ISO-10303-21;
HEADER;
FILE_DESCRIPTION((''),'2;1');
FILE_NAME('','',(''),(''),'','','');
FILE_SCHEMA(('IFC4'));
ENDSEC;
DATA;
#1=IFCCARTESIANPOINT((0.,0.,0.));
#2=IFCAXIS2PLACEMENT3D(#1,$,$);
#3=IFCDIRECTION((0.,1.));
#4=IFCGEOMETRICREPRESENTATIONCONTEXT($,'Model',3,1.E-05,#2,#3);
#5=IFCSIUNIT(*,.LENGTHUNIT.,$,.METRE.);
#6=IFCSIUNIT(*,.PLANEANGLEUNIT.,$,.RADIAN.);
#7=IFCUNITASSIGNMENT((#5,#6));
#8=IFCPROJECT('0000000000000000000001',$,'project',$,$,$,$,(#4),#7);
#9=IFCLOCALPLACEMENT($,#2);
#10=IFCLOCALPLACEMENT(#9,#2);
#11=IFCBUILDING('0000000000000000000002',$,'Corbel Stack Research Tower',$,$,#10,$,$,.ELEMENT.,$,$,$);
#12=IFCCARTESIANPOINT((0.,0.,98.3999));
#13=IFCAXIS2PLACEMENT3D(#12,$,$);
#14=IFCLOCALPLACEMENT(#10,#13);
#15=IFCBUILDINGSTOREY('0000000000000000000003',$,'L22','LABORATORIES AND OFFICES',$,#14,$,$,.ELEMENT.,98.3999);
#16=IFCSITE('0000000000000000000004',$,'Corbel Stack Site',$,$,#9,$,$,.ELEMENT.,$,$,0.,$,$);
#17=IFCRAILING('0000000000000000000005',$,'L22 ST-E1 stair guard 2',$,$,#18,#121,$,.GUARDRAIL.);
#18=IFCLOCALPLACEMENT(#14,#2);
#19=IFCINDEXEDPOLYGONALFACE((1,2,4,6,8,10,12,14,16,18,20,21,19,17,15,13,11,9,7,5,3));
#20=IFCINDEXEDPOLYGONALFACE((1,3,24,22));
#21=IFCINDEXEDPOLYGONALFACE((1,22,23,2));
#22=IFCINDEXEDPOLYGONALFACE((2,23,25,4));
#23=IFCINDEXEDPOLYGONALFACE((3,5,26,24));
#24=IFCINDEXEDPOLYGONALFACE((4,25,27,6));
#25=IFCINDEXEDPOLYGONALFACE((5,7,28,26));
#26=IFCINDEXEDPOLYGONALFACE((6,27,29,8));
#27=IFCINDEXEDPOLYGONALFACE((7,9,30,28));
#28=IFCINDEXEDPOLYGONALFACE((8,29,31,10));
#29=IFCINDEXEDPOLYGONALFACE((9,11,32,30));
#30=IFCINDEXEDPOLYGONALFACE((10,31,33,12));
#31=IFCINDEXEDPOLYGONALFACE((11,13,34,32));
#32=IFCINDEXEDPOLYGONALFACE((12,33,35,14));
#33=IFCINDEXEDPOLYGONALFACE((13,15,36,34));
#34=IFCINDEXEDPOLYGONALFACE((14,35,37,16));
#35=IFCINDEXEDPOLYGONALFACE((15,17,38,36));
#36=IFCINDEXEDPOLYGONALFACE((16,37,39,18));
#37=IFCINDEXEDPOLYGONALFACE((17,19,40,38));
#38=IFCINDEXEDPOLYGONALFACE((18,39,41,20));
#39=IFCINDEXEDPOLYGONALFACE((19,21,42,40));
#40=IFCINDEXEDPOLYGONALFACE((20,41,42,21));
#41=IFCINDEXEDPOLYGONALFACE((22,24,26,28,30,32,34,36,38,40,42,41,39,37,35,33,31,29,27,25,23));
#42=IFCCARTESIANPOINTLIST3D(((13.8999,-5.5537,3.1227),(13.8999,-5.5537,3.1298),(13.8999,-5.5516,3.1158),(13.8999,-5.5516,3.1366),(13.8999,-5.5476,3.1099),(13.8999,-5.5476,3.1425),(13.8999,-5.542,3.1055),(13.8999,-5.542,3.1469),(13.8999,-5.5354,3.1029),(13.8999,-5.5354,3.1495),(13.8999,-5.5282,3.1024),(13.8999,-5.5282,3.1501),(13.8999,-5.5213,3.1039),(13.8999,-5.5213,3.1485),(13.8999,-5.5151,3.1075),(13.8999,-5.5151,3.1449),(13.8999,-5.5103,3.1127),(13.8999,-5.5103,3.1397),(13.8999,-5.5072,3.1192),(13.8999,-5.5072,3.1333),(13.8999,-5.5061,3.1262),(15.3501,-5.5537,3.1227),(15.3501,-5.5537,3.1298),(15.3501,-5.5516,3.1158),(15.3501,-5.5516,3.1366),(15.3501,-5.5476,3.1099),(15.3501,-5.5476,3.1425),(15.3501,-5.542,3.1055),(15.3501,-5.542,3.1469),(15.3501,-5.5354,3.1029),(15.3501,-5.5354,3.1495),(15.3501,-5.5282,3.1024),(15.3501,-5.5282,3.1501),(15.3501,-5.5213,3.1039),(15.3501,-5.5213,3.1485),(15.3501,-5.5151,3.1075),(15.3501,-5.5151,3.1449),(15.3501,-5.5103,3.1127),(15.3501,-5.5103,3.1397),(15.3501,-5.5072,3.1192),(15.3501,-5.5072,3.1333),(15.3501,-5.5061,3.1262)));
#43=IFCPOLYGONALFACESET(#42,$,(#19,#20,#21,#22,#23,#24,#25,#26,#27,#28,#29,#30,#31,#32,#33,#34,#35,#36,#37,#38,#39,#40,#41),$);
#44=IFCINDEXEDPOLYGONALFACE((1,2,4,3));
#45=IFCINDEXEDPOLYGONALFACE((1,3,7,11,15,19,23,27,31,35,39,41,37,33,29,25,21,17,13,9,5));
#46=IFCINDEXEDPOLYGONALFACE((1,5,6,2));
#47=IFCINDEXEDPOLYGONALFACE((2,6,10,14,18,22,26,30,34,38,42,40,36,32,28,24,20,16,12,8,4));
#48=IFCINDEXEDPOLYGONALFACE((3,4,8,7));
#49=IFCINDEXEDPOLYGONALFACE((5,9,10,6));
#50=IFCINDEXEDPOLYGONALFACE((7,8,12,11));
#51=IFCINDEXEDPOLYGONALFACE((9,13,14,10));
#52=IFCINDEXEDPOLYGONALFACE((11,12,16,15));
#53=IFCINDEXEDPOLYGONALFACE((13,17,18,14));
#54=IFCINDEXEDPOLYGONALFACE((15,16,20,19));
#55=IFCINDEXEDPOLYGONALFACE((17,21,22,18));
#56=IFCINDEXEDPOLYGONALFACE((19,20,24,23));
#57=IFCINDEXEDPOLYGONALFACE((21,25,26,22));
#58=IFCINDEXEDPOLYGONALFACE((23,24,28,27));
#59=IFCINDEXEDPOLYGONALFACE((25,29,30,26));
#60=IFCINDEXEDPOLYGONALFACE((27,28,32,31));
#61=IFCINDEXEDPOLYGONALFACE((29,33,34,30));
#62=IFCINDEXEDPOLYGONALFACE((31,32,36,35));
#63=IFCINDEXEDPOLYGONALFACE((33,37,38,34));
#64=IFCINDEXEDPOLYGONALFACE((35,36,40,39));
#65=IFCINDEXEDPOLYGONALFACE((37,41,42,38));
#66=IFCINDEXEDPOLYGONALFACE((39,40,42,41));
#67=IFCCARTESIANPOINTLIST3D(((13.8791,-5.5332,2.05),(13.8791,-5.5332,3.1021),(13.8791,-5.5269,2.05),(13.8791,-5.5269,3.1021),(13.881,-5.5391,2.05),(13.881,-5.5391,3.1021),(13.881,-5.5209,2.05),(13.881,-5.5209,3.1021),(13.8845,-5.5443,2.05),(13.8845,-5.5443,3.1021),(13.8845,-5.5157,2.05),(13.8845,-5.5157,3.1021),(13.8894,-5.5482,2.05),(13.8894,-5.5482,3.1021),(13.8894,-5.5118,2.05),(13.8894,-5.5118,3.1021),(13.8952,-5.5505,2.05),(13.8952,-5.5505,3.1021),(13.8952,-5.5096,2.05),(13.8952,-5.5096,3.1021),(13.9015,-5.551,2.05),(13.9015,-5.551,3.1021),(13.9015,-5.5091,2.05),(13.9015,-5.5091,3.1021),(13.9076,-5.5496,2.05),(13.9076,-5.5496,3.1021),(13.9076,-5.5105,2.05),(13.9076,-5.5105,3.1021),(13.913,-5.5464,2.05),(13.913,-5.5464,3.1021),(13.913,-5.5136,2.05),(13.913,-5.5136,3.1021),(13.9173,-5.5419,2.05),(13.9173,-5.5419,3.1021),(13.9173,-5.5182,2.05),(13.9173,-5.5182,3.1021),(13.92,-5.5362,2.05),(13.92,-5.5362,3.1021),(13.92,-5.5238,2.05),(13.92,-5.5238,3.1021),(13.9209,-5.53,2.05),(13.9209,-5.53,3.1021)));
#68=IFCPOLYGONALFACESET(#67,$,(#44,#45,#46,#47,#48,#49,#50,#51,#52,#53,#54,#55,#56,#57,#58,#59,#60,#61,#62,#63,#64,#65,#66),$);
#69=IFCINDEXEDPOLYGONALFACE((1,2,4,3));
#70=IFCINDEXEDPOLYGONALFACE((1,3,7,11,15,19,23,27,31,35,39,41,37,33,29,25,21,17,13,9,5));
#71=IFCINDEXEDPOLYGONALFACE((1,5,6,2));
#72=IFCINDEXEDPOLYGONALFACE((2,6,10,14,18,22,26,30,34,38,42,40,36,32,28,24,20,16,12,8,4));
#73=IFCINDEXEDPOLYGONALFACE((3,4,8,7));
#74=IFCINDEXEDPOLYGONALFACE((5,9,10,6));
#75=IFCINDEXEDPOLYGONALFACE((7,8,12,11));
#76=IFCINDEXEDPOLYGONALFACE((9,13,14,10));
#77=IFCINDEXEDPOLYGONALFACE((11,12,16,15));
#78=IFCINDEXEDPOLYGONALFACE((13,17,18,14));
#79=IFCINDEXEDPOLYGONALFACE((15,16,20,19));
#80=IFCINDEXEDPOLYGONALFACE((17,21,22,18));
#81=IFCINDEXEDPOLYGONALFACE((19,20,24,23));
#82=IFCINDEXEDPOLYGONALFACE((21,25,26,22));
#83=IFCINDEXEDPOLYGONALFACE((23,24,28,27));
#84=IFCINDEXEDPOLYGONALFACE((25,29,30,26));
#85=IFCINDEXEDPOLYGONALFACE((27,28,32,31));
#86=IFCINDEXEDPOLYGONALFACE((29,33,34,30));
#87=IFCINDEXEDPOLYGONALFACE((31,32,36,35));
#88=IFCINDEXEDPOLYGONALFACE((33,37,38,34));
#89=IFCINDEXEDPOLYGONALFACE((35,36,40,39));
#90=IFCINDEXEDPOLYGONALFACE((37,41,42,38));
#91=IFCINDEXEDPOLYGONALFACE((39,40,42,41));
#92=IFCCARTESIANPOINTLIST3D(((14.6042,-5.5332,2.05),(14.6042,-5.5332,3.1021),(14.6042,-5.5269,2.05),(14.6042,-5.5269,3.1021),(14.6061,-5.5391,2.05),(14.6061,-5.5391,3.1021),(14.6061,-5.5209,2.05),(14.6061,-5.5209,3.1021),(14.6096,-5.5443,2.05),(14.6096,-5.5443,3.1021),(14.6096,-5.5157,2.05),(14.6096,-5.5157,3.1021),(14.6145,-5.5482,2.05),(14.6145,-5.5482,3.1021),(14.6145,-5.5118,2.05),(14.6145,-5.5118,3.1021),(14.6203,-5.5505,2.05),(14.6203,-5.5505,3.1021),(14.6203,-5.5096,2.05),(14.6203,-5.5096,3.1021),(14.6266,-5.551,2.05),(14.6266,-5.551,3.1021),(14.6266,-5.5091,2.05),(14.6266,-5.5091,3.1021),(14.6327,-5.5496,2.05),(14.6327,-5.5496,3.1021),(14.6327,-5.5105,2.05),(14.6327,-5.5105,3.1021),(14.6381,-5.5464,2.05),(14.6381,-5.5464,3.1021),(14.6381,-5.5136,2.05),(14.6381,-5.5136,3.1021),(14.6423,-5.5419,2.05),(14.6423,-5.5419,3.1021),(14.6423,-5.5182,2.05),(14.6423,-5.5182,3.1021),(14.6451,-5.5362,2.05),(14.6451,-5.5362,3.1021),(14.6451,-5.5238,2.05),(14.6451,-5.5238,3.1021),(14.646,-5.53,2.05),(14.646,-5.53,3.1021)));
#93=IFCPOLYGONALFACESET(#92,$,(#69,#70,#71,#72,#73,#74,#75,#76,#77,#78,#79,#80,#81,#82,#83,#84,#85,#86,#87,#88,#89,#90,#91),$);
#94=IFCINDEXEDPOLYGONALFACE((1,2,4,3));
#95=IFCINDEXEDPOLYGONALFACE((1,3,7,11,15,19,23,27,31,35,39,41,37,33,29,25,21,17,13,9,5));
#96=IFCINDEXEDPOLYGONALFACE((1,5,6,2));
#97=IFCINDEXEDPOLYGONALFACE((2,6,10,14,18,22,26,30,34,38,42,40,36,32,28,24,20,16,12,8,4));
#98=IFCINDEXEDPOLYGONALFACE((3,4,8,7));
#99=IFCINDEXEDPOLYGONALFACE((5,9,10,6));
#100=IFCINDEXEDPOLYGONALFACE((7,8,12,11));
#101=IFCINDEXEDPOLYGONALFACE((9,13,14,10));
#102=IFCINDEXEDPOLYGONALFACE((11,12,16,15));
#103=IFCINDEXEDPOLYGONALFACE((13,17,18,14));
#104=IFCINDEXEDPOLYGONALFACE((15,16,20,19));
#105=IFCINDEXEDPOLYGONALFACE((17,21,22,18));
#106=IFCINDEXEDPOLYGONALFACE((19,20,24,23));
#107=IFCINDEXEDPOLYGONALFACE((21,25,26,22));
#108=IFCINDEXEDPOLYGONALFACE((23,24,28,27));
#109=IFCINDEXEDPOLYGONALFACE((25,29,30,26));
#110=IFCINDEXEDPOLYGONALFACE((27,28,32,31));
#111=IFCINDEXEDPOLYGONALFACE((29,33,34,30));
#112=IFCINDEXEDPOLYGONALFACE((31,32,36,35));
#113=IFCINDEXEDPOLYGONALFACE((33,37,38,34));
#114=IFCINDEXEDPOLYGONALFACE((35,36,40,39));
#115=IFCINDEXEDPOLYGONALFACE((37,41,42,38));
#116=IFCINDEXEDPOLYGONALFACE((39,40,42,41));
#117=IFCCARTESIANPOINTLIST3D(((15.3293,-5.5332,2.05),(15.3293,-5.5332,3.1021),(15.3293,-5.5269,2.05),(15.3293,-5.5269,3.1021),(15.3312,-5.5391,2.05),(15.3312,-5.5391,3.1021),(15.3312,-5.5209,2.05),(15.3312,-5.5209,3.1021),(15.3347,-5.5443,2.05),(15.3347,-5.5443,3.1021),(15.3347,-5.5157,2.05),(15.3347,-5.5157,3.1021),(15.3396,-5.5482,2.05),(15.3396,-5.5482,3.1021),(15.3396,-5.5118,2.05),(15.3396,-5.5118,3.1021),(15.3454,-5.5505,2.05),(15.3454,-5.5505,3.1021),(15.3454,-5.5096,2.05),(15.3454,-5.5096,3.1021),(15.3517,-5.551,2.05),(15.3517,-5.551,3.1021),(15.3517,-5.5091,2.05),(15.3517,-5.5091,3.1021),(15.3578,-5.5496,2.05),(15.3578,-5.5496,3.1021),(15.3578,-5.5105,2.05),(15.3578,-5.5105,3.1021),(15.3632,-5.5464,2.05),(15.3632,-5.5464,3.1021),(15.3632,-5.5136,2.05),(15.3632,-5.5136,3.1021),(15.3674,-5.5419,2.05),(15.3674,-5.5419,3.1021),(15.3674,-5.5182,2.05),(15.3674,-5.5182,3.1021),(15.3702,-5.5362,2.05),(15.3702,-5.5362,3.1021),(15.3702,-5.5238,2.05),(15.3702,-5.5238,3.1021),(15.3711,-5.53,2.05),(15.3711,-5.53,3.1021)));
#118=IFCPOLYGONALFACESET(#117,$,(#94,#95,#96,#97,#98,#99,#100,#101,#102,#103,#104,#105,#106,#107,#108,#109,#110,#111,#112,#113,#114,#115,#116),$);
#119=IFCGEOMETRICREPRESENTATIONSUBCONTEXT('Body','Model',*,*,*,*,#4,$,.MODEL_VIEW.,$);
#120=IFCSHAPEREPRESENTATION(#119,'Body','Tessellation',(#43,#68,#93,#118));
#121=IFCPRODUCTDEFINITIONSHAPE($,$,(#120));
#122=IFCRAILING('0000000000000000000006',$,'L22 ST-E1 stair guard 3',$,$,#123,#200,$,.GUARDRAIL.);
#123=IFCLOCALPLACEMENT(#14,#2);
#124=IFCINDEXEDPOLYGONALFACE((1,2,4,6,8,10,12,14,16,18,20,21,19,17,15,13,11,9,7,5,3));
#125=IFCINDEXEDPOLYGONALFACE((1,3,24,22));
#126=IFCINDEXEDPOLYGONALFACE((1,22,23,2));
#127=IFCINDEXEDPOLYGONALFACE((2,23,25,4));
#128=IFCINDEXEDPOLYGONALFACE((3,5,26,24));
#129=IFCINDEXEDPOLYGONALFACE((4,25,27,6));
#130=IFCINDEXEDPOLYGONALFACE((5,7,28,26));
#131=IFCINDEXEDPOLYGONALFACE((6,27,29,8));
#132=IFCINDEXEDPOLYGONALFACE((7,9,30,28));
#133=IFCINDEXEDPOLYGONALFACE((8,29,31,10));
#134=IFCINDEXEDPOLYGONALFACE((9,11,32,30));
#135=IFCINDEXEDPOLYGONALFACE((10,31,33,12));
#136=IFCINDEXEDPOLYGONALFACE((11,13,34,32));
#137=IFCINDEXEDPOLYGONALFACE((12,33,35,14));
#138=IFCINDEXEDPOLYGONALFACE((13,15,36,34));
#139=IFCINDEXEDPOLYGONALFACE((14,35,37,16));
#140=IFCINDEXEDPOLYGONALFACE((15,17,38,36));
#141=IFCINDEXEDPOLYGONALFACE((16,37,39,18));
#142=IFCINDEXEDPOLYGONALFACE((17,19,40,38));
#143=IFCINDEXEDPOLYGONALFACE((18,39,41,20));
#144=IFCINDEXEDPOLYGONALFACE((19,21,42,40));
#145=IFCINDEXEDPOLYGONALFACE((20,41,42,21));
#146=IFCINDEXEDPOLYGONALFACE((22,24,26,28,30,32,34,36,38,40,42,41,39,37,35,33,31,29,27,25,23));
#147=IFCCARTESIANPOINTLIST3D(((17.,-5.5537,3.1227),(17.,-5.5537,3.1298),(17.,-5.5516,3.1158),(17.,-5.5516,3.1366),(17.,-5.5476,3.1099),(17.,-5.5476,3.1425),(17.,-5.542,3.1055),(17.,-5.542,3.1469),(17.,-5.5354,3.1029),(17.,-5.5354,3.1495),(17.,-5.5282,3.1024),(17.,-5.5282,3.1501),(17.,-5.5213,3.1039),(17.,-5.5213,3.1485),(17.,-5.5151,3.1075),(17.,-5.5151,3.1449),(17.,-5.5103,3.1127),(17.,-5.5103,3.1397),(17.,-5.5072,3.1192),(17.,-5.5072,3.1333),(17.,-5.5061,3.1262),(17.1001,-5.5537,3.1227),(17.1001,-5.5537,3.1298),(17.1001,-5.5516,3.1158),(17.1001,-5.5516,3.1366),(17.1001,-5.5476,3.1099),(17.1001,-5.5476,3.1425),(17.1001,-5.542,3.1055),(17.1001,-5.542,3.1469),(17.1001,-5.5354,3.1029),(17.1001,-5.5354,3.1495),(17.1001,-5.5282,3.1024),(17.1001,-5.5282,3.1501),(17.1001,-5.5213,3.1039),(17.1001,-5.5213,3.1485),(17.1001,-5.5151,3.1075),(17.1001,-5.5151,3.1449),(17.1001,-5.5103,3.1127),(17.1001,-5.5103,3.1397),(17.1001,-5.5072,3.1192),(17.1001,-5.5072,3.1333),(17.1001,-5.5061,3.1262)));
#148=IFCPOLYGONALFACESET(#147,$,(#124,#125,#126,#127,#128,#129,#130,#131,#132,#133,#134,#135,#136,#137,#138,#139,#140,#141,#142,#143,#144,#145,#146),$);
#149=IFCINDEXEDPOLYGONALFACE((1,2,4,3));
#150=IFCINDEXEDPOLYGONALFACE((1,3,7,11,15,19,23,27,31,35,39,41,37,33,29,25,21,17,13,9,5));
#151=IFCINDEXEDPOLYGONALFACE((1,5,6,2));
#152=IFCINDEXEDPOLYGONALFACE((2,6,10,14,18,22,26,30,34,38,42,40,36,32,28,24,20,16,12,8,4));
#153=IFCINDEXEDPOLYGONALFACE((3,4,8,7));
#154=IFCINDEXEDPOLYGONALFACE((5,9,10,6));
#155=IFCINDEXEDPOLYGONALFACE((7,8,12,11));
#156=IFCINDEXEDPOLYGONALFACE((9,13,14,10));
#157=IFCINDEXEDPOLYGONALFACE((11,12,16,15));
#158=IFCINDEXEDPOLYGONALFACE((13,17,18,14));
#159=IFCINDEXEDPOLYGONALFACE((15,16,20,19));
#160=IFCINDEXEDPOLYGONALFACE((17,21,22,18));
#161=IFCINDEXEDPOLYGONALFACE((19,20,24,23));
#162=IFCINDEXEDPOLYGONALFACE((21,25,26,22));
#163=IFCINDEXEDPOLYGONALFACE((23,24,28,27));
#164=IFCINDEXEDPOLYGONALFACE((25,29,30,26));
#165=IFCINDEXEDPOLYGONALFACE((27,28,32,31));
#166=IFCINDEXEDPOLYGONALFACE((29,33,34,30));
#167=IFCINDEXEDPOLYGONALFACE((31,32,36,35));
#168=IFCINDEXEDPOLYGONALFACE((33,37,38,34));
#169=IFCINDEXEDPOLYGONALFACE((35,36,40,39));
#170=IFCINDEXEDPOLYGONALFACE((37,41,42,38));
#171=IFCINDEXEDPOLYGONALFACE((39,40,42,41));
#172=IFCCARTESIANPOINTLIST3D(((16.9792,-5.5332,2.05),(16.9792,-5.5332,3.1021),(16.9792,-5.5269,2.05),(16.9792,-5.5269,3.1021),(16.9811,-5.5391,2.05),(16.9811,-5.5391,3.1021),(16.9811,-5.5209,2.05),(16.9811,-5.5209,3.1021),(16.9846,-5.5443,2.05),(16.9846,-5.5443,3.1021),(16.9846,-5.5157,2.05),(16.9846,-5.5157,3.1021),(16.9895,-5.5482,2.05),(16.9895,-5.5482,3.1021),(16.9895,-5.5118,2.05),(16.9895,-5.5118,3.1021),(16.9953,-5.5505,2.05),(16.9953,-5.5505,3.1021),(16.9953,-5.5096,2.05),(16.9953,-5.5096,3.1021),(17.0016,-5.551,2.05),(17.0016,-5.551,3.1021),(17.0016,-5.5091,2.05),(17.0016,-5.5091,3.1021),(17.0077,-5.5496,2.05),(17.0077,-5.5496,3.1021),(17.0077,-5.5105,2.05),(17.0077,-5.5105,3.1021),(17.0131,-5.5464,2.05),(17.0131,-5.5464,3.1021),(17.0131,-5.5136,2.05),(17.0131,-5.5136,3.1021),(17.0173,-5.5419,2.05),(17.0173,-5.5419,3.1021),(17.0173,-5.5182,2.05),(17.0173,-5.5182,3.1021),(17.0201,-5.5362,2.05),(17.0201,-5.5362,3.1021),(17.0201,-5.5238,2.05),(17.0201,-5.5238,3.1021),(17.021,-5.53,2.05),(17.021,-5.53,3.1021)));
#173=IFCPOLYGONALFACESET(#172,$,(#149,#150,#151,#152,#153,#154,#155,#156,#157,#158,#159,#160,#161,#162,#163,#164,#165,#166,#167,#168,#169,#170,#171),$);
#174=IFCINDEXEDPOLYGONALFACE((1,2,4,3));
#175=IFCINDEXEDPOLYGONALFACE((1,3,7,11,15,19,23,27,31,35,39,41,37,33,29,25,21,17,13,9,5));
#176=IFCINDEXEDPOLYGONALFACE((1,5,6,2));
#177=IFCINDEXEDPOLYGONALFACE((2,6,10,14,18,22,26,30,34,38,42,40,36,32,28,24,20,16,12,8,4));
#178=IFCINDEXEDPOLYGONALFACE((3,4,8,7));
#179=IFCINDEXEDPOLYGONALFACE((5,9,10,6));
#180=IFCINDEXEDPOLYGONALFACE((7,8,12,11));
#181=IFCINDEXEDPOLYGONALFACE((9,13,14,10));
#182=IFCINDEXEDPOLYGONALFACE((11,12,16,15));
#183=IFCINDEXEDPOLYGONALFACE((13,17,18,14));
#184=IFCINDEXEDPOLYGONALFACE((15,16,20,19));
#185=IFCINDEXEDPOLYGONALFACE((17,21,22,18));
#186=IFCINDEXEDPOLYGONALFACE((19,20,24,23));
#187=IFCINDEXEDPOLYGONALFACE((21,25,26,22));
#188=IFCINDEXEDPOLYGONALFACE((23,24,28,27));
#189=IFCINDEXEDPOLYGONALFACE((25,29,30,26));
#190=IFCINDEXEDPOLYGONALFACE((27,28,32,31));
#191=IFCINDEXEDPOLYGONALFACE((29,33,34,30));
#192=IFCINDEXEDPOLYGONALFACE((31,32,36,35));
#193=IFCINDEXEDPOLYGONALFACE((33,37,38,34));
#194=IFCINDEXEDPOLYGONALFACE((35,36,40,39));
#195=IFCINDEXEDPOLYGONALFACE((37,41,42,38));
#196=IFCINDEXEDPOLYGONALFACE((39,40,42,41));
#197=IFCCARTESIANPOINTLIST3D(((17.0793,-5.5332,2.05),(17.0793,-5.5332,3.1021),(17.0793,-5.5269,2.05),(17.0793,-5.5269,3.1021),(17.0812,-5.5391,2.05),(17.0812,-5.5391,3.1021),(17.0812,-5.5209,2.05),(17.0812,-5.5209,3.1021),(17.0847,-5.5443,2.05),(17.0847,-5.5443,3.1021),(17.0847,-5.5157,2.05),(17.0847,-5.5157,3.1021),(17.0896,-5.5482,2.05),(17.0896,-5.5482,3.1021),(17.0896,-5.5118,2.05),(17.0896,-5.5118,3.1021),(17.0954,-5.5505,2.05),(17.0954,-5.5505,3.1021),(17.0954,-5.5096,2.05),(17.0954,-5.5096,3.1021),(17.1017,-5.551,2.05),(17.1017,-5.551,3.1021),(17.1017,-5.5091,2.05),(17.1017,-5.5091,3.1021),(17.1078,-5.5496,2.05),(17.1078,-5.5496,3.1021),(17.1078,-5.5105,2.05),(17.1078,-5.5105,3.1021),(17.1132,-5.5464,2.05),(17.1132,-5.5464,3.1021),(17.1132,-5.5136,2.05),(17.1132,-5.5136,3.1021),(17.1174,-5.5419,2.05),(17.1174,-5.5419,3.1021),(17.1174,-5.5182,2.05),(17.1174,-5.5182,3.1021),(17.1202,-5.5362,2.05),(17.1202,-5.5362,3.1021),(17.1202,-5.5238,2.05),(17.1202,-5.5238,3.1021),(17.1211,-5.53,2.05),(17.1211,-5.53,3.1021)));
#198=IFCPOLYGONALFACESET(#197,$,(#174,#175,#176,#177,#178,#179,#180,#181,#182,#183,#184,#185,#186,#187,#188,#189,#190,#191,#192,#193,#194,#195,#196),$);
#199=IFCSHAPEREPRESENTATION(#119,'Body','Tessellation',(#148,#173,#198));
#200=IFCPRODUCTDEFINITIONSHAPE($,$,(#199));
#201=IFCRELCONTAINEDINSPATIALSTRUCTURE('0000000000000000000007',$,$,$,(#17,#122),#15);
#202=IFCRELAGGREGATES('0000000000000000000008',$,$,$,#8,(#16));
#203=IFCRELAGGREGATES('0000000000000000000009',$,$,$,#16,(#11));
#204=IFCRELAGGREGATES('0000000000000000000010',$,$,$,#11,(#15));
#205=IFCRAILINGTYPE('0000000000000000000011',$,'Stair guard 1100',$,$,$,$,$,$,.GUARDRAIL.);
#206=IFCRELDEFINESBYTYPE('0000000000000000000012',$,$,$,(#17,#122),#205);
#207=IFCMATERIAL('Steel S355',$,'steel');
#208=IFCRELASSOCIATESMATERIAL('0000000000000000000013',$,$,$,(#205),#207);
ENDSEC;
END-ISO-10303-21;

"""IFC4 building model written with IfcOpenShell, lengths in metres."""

from ifc_helpers import new_model, si_unit, direction, frame, origin, origin_2d, place, context, subcontext, project, spatial, circle, extrude, material, type_object, element, save


model = new_model("IFC4")

# Units and contexts
model_context = context("Model", 3, precision=1e-05, world=origin(), true_north=direction((0.0, 1.0)))
body_context = subcontext(model_context, "Body", "Model", "MODEL_VIEW")
ifc_project = project(units=[si_unit("LENGTHUNIT", "METRE"), si_unit("PLANEANGLEUNIT", "RADIAN")], contexts=[model_context])

# Site, building, storey
site_placement = place(None, origin())
site = spatial("IfcSite", under=ifc_project, at=site_placement, Name="Corbel Stack Site", CompositionType="ELEMENT", RefElevation=0.0)
building_placement = place(site_placement, origin())
building = spatial("IfcBuilding", under=site, at=building_placement, Name="Corbel Stack Research Tower", CompositionType="ELEMENT")
storey_placement = place(building_placement, frame((0.0, 0.0, 98.3999)))
storey = spatial("IfcBuildingStorey", under=building, at=storey_placement, Name="L22", Description="LABORATORIES AND OFFICES", CompositionType="ELEMENT", Elevation=98.3999)

# Railings
ifc_material_1 = material(Name="Steel S355", Category="steel")
railing_type_1 = type_object("IfcRailingType", Name="Stair guard 1100", PredefinedType="GUARDRAIL", material=ifc_material_1)
railing_1_placement = place(storey_placement, frame((13.8999, -5.53, 2.05)))
element("IfcRailing", 1, at=railing_1_placement, inside=storey, type_object=railing_type_1, Name="L22 ST-E1 stair guard 2", PredefinedType="GUARDRAIL", context=body_context, shape_type="SweptSolid", body=[
    extrude(circle(Radius=0.0239, at=origin_2d()), frame((0.0, 0.0, 1.0762), z_axis=(1.0, 0.0, 0.0), x_axis=(0.0, 1.0, 0.0)), (0.0, 0.0, 1.0), 1.4502),
    extrude(circle(Radius=0.021, at=origin_2d()), origin(), (0.0, 0.0, 1.0), 1.052),
    extrude(circle(Radius=0.021, at=origin_2d()), frame((0.7251, 0.0, 0.0)), (0.0, 0.0, 1.0), 1.052),
    extrude(circle(Radius=0.021, at=origin_2d()), frame((1.4502, 0.0, 0.0)), (0.0, 0.0, 1.0), 1.052),
])
railing_2_placement = place(storey_placement, frame((17.0, -5.53, 2.05)))
element("IfcRailing", 2, at=railing_2_placement, inside=storey, type_object=railing_type_1, Name="L22 ST-E1 stair guard 3", PredefinedType="GUARDRAIL", context=body_context, shape_type="SweptSolid", body=[
    extrude(circle(Radius=0.0239, at=origin_2d()), frame((0.0, 0.0, 1.0762), z_axis=(1.0, 0.0, 0.0), x_axis=(0.0, 1.0, 0.0)), (0.0, 0.0, 1.0), 0.1001),
    extrude(circle(Radius=0.021, at=origin_2d()), origin(), (0.0, 0.0, 1.0), 1.052),
    extrude(circle(Radius=0.021, at=origin_2d()), frame((0.1001, 0.0, 0.0)), (0.0, 0.0, 1.0), 1.052),
])

save(model, "model.ifc")
